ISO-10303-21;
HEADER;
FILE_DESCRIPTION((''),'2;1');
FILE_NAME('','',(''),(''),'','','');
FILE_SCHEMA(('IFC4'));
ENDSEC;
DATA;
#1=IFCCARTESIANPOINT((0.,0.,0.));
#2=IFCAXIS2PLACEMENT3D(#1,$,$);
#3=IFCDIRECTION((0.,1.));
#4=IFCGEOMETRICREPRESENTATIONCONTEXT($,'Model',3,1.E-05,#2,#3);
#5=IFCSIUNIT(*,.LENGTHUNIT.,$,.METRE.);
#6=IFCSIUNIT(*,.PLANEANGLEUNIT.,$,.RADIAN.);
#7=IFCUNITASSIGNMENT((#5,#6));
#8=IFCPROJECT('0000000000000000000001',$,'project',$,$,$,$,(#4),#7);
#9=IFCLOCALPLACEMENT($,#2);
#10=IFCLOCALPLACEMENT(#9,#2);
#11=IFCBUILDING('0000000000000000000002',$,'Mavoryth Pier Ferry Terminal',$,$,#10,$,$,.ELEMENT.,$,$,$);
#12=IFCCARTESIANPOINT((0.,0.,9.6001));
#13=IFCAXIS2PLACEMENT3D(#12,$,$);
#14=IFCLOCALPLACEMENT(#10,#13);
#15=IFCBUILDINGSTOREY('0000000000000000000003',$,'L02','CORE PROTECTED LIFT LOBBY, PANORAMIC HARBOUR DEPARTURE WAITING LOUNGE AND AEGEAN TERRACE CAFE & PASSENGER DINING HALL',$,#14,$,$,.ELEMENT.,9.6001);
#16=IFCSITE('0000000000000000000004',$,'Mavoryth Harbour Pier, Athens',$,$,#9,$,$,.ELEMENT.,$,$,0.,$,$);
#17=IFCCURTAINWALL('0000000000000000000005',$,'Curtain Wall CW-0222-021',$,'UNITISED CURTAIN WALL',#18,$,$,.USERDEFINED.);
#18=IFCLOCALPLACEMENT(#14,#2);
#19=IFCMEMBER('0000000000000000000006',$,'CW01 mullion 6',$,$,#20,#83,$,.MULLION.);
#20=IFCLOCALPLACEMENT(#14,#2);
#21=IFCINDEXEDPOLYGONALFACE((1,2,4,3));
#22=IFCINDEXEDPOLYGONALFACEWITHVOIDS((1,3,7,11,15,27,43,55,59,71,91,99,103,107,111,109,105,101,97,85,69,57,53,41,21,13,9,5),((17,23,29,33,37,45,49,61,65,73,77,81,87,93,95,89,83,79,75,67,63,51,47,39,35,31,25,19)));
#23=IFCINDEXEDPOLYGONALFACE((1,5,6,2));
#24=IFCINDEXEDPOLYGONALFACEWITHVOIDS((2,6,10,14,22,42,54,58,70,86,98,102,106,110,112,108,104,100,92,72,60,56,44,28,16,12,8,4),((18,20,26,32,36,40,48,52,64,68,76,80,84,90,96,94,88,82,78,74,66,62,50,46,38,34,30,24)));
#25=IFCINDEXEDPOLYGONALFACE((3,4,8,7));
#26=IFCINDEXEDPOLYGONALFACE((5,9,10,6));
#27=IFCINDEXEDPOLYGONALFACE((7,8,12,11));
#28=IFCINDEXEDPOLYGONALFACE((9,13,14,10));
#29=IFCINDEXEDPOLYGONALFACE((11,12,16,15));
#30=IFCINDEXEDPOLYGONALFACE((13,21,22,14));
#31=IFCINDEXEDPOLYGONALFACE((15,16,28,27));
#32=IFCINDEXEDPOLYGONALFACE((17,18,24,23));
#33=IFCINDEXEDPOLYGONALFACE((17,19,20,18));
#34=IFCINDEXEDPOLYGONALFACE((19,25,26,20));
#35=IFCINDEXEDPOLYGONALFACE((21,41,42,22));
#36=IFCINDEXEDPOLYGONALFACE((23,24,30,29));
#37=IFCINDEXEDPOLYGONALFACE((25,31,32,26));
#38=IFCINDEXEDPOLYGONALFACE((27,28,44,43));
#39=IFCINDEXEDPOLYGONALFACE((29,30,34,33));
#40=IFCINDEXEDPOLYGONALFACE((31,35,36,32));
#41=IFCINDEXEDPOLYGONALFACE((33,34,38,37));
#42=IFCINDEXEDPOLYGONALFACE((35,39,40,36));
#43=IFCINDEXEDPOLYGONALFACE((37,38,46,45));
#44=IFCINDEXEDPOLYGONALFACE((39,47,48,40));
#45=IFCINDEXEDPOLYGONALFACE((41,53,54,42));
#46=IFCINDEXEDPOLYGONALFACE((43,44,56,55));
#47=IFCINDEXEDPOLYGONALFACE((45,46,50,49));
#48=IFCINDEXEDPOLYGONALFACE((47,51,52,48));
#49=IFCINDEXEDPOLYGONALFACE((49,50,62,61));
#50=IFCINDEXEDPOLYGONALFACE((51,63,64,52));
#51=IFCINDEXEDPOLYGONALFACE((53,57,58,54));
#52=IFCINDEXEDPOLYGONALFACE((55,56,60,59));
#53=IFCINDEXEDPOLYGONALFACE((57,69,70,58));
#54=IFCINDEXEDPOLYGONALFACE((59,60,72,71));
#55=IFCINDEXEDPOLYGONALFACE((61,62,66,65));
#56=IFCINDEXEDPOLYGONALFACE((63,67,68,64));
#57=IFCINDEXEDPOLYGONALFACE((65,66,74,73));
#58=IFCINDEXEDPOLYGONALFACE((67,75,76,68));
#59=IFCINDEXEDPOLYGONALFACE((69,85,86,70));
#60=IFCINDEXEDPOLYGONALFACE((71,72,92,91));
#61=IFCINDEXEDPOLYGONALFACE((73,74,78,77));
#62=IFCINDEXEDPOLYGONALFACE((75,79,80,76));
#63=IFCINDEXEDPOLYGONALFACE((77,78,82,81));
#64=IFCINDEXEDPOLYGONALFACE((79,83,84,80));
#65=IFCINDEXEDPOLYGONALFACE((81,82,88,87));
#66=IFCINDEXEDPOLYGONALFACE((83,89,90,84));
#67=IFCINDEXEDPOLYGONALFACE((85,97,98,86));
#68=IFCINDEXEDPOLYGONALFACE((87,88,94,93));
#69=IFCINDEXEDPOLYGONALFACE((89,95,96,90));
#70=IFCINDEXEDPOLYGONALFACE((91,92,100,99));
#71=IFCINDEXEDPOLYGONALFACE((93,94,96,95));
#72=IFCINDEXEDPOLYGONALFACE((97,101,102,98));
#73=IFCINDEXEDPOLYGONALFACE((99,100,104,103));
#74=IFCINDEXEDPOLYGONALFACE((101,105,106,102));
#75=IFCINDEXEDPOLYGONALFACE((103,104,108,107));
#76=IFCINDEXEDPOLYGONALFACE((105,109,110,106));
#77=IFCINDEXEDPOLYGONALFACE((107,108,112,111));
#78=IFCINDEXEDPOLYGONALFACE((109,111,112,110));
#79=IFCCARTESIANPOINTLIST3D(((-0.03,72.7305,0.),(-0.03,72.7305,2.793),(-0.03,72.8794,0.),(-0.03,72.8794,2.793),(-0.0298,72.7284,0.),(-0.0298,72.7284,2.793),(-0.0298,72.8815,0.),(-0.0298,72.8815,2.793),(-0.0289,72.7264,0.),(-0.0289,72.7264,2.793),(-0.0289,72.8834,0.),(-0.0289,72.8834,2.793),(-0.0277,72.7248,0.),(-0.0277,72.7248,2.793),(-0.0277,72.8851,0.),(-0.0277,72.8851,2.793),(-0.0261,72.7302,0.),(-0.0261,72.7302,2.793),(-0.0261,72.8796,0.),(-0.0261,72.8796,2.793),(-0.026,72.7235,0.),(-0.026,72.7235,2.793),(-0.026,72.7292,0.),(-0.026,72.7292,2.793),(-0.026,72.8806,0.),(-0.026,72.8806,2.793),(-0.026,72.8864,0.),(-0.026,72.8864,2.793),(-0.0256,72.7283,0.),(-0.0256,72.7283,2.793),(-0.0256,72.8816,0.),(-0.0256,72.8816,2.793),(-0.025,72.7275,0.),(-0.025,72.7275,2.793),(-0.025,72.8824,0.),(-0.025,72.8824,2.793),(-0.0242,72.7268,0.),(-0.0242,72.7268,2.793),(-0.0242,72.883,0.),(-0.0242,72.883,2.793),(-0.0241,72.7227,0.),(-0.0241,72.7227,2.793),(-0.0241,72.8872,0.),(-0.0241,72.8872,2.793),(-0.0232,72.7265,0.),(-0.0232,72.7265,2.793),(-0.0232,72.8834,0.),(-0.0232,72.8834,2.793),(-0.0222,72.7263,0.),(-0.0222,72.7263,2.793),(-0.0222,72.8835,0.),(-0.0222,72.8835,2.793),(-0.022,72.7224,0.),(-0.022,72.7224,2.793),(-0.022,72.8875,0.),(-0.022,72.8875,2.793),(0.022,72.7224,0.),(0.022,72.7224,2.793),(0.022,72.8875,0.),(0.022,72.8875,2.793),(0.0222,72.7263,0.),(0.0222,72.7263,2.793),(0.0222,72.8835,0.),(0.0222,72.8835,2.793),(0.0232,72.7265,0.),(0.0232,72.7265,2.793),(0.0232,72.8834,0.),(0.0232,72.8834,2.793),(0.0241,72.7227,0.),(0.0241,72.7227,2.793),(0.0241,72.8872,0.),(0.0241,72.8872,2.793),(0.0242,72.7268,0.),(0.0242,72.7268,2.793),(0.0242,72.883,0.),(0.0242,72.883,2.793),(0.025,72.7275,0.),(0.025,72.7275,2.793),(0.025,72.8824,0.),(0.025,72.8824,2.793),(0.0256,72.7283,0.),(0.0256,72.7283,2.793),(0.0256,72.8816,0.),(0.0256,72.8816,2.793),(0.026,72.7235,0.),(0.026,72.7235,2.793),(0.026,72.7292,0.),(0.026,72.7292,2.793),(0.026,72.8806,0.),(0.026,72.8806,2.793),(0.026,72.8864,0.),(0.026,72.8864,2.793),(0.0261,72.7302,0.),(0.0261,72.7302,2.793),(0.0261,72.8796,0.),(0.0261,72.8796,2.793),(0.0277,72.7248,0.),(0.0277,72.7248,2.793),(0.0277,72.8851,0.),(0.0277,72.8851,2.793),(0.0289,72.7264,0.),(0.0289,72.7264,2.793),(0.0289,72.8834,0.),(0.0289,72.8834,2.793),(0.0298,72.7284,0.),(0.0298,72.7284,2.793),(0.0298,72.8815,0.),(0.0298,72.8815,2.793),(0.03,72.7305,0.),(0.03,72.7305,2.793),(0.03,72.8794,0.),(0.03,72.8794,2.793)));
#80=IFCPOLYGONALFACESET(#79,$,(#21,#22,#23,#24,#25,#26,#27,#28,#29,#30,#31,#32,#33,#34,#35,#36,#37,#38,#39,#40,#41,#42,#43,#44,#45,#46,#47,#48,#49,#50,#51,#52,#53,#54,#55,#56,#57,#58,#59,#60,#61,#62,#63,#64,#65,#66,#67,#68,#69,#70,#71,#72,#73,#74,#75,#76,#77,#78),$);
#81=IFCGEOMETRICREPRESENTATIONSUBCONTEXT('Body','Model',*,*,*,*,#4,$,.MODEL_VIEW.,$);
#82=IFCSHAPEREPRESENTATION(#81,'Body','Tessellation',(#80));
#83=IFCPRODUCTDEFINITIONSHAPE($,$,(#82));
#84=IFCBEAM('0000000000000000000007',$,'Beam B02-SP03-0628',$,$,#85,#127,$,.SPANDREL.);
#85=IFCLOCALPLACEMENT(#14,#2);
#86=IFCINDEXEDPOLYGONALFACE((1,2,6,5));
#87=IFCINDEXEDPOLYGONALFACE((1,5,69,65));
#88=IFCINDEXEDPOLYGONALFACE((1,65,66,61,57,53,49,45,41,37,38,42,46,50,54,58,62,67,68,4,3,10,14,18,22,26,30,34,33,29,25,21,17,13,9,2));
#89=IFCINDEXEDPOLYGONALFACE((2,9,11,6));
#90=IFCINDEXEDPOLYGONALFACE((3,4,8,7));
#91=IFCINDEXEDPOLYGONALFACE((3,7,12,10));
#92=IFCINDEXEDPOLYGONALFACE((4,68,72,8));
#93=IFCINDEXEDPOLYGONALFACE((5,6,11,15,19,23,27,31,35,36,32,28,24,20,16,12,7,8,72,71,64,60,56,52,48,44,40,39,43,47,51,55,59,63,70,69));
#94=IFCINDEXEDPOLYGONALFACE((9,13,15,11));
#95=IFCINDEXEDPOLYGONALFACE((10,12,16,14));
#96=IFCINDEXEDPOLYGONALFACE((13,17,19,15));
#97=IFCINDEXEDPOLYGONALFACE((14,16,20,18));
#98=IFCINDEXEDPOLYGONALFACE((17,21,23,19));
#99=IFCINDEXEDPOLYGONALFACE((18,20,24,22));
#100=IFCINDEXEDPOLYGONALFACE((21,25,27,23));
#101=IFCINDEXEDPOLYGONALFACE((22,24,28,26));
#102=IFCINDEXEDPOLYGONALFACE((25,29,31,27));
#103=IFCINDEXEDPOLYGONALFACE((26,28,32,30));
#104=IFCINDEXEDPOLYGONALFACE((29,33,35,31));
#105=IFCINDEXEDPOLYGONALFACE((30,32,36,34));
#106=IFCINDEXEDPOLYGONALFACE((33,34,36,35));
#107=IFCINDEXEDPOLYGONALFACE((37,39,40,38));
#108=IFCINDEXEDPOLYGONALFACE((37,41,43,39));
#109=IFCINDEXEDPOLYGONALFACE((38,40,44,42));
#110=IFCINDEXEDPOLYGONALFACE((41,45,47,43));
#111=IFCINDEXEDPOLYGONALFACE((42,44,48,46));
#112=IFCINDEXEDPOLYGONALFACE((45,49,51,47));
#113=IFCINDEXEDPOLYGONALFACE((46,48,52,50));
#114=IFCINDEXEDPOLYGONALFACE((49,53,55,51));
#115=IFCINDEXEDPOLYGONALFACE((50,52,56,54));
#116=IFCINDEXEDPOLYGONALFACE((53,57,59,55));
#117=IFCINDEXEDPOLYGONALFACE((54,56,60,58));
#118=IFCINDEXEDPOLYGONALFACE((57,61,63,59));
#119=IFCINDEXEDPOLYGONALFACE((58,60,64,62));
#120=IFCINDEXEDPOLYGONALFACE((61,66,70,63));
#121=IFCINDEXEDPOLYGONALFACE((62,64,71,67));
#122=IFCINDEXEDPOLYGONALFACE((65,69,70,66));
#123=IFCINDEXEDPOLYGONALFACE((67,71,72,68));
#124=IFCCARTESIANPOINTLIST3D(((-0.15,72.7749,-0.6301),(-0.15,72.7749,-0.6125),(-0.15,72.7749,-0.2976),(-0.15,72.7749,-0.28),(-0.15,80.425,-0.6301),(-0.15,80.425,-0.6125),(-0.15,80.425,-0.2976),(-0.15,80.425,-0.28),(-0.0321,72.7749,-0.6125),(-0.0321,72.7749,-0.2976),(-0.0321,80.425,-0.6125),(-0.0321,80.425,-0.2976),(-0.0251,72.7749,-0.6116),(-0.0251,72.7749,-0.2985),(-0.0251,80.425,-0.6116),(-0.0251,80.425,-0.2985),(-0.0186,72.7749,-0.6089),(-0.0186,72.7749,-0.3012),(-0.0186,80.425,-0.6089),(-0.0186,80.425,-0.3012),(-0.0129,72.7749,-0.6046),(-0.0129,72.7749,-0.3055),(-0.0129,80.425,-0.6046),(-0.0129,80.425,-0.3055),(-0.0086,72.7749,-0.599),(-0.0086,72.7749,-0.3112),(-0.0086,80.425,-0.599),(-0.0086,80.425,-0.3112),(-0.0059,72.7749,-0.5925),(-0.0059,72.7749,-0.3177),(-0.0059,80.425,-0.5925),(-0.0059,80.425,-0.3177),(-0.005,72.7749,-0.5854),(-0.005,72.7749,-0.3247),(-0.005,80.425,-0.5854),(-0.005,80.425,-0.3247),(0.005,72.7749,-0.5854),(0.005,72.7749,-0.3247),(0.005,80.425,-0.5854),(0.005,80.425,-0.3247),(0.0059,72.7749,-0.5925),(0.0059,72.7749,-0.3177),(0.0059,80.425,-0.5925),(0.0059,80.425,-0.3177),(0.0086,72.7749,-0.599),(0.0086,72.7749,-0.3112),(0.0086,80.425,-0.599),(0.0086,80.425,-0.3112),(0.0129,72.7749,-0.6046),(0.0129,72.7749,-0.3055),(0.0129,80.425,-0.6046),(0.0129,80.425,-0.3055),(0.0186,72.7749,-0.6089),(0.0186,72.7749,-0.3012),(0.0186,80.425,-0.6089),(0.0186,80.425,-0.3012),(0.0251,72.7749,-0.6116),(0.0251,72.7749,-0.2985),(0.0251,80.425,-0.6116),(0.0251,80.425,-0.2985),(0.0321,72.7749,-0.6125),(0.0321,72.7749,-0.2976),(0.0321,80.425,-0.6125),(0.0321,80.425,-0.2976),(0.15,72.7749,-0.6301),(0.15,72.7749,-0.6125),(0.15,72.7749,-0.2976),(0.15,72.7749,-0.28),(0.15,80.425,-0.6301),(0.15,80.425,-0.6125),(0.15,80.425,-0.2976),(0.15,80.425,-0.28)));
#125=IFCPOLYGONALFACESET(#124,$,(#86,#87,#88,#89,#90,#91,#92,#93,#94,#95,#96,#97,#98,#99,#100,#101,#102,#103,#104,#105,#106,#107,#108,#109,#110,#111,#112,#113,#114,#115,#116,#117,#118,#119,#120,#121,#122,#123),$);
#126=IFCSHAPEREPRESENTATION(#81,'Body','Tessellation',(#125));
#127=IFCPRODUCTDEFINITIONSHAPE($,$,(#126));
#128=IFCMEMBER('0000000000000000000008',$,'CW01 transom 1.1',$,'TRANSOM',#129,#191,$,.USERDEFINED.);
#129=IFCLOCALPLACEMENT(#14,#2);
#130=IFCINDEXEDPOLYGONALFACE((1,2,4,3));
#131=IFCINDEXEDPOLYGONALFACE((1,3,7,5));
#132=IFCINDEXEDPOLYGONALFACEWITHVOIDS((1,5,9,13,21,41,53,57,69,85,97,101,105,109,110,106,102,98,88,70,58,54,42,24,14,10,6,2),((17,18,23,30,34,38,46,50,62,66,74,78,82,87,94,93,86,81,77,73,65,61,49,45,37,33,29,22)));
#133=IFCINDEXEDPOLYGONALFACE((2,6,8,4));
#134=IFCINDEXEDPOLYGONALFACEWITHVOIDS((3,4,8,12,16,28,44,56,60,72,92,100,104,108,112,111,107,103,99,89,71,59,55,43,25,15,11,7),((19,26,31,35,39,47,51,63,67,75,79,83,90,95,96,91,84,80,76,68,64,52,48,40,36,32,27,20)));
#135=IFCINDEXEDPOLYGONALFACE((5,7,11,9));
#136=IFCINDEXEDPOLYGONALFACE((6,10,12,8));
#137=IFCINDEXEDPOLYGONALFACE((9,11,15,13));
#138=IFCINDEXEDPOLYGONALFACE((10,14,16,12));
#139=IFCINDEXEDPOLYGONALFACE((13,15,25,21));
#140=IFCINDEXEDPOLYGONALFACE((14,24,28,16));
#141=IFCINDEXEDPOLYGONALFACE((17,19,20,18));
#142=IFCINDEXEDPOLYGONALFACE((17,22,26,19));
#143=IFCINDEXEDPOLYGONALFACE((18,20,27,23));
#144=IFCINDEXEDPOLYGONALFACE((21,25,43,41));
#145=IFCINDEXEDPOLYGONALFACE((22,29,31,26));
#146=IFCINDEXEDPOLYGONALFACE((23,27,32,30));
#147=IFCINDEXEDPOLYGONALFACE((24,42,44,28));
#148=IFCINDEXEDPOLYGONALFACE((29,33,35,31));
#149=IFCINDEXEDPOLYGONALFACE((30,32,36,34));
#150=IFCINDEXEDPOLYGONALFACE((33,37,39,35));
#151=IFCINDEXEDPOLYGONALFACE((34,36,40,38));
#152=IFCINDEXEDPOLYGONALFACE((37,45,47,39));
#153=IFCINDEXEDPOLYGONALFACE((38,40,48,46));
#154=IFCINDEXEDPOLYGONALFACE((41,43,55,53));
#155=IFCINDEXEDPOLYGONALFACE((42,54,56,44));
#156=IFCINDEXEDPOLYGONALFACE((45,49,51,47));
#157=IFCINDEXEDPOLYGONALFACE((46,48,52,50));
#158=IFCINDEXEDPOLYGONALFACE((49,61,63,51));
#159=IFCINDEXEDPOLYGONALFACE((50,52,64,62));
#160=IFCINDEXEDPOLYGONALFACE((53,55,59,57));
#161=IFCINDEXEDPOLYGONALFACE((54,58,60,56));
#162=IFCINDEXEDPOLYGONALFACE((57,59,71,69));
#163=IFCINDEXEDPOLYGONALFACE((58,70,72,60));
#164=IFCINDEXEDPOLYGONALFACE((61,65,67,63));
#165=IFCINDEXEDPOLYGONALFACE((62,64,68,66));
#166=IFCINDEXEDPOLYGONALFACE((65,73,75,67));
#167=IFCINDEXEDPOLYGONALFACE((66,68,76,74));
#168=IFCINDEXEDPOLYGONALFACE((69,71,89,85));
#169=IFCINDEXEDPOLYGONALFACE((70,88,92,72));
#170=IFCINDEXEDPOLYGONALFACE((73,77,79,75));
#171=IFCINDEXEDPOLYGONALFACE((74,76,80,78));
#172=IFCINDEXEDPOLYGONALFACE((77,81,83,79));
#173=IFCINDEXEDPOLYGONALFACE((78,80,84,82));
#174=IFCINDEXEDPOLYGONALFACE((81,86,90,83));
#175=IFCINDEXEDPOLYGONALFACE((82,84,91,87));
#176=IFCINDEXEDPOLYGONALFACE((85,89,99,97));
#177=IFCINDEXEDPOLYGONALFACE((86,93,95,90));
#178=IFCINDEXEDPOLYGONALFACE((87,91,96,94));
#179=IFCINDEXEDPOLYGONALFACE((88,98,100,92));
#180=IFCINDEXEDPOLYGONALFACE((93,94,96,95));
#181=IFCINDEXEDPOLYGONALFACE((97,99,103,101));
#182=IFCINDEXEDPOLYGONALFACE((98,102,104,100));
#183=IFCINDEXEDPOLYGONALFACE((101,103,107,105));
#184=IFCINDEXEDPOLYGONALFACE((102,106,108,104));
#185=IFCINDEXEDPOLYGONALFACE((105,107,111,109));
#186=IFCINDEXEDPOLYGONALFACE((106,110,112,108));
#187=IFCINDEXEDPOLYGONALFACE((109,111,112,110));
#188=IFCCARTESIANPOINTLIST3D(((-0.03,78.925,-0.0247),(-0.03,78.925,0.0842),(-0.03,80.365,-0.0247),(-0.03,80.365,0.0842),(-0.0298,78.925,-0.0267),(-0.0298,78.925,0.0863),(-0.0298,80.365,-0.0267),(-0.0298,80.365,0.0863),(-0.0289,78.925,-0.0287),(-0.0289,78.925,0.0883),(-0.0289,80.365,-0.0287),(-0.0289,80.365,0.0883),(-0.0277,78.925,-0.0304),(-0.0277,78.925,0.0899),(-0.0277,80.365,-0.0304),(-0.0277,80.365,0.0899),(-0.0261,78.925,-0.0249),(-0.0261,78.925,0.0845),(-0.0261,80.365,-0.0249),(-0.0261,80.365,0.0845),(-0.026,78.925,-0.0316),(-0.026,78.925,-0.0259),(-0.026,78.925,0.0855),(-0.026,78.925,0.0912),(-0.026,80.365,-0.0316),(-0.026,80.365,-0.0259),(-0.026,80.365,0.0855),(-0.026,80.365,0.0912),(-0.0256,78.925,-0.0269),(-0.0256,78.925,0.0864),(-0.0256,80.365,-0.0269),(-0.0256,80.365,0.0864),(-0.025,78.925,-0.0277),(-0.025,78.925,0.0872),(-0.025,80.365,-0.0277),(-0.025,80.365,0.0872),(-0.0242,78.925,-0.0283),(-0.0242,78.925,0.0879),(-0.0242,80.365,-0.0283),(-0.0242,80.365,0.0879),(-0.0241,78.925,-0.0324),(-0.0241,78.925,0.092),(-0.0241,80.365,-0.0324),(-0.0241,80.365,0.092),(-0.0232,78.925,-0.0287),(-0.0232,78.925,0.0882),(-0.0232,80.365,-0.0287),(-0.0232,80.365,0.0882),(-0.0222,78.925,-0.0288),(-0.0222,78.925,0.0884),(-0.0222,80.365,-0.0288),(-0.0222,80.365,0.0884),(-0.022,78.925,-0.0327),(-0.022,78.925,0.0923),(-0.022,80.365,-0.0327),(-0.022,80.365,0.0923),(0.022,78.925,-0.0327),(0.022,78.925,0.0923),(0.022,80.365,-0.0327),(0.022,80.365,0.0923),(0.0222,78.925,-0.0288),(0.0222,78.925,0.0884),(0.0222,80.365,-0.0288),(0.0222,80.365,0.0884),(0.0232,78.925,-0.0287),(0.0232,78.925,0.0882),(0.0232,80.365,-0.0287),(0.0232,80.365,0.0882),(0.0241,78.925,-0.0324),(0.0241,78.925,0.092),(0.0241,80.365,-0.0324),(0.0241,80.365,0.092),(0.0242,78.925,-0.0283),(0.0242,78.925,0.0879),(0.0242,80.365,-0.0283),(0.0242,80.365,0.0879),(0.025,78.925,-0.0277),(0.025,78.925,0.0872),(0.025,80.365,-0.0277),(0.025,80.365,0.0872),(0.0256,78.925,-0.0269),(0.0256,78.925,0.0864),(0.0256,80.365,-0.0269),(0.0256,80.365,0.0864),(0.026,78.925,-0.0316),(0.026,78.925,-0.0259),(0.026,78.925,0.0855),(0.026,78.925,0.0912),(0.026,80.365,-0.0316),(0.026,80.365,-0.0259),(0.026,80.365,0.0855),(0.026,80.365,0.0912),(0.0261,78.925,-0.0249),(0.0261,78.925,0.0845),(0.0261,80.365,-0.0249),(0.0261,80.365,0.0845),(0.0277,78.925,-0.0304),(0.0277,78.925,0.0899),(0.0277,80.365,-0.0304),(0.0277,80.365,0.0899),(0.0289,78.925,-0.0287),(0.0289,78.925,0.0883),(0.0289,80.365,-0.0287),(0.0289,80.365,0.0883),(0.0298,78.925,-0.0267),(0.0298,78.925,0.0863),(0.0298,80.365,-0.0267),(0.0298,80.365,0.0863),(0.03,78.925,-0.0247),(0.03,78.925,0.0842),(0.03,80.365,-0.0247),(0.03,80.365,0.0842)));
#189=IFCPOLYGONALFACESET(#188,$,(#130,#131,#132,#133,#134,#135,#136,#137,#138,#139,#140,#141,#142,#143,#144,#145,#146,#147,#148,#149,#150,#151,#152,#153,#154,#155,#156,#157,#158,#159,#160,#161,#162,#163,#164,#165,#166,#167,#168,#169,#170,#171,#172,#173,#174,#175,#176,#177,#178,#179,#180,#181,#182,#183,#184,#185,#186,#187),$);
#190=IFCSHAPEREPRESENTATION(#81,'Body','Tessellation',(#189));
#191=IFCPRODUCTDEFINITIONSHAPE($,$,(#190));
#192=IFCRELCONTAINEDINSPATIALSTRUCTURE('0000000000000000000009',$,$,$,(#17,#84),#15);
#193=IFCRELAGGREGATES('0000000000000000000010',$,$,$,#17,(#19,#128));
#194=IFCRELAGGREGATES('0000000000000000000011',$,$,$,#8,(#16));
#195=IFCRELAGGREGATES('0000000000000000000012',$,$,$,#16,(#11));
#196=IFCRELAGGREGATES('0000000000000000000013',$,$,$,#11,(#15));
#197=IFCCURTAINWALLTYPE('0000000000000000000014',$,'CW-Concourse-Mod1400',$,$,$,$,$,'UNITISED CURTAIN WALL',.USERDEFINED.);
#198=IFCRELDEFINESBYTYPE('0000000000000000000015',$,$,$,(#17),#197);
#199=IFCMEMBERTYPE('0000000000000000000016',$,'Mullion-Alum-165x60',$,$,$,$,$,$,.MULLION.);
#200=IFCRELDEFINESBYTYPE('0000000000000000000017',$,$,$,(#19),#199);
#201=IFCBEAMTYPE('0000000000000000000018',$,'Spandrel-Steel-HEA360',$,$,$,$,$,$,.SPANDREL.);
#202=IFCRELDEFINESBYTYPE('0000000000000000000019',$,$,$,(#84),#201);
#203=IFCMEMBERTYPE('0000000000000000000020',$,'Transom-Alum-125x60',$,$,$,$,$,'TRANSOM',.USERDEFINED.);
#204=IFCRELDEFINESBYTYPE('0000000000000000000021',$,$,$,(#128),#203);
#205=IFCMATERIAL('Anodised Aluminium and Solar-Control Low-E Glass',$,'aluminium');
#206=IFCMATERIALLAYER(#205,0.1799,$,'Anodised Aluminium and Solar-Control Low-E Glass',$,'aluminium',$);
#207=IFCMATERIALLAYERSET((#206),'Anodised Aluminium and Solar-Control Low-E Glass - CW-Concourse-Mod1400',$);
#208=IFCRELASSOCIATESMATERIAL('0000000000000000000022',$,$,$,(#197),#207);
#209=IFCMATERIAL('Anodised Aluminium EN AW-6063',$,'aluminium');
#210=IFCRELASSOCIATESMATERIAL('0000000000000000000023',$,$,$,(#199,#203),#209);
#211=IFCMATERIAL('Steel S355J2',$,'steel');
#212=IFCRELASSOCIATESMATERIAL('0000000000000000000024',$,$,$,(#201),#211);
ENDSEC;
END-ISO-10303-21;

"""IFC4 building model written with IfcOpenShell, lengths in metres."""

from ifc_helpers import new_model, si_unit, direction, frame, origin, origin_2d, place, context, subcontext, project, spatial, hollow_rectangle, i_section, extrude, material, layer, layer_set, material_profile, profile_set, type_object, element, aggregate, save


model = new_model("IFC4")

# Units and contexts
model_context = context("Model", 3, precision=1e-05, world=origin(), true_north=direction((0.0, 1.0)))
body_context = subcontext(model_context, "Body", "Model", "MODEL_VIEW")
ifc_project = project(units=[si_unit("LENGTHUNIT", "METRE"), si_unit("PLANEANGLEUNIT", "RADIAN")], contexts=[model_context])

# Site, building, storey
site_placement = place(None, origin())
site = spatial("IfcSite", under=ifc_project, at=site_placement, Name="Mavoryth Harbour Pier, Athens", CompositionType="ELEMENT", RefElevation=0.0)
building_placement = place(site_placement, origin())
building = spatial("IfcBuilding", under=site, at=building_placement, Name="Mavoryth Pier Ferry Terminal", CompositionType="ELEMENT")
storey_placement = place(building_placement, frame((0.0, 0.0, 9.6001)))
storey = spatial("IfcBuildingStorey", under=building, at=storey_placement, Name="L02", Description="CORE PROTECTED LIFT LOBBY, PANORAMIC HARBOUR DEPARTURE WAITING LOUNGE AND AEGEAN TERRACE CAFE & PASSENGER DINING HALL", CompositionType="ELEMENT", Elevation=9.6001)

# Curtain wall, member
ifc_material_1 = material(Name="Anodised Aluminium and Solar-Control Low-E Glass", Category="aluminium")
ifc_layer_1 = layer(ifc_material_1, 0.1799, Name="Anodised Aluminium and Solar-Control Low-E Glass", Category="aluminium")
ifc_layer_set_1 = layer_set([ifc_layer_1], Name="Anodised Aluminium and Solar-Control Low-E Glass - CW-Concourse-Mod1400")
curtain_wall_type = type_object("IfcCurtainWallType", Name="CW-Concourse-Mod1400", ElementType="UNITISED CURTAIN WALL", PredefinedType="USERDEFINED", material=ifc_layer_set_1)
curtain_wall_placement = place(storey_placement, origin())
curtain_wall = element("IfcCurtainWall", 1, at=curtain_wall_placement, inside=storey, type_object=curtain_wall_type, Name="Curtain Wall CW-0222-021", ObjectType="UNITISED CURTAIN WALL", PredefinedType="USERDEFINED")
ifc_material_2 = material(Name="Anodised Aluminium EN AW-6063", Category="aluminium")
ifc_material_profile_1 = material_profile(ifc_material_2, hollow_rectangle(XDim=0.0601, YDim=0.165, WallThickness=0.0039, InnerFilletRadius=0.0039, OuterFilletRadius=0.0081, at=origin_2d()), Name="AL-MULL 165x60x4", Category="aluminium")
ifc_profile_set_1 = profile_set([ifc_material_profile_1], Name="Anodised Aluminium EN AW-6063 - AL-MULL 165x60x4")
member_type_1 = type_object("IfcMemberType", Name="Mullion-Alum-165x60", PredefinedType="MULLION", material=ifc_profile_set_1)
member_1_placement = place(storey_placement, frame((0.0, 72.8049, 0.0), z_axis=(0.0, 0.0, 1.0), x_axis=(1.0, 0.0, 0.0)))
member_1 = element("IfcMember", 2, at=member_1_placement, type_object=member_type_1, Name="CW01 mullion 6", PredefinedType="MULLION", context=body_context, shape_type="SweptSolid", body=[
    extrude(hollow_rectangle(XDim=0.0601, YDim=0.165, WallThickness=0.0039, InnerFilletRadius=0.0039, OuterFilletRadius=0.0081, at=origin_2d()), origin(), (0.0, 0.0, 1.0), 2.793),
])

# Beam
ifc_material_3 = material(Name="Steel S355J2", Category="steel")
ifc_material_profile_2 = material_profile(ifc_material_3, i_section(OverallWidth=0.3, OverallDepth=0.3501, WebThickness=0.01, FlangeThickness=0.0176, FilletRadius=0.0271, at=origin_2d()), Name="HEA 360", Category="steel")
ifc_profile_set_2 = profile_set([ifc_material_profile_2], Name="Steel S355J2 - HEA 360")
beam_type = type_object("IfcBeamType", Name="Spandrel-Steel-HEA360", PredefinedType="SPANDREL", material=ifc_profile_set_2)
beam_placement = place(storey_placement, frame((0.0, 72.7749, -0.4551), z_axis=(0.0, 1.0, 0.0), x_axis=(-1.0, 0.0, 0.0)))
element("IfcBeam", 3, at=beam_placement, inside=storey, type_object=beam_type, Name="Beam B02-SP03-0628", PredefinedType="SPANDREL", context=body_context, shape_type="SweptSolid", body=[
    extrude(i_section(OverallWidth=0.3, OverallDepth=0.3501, WebThickness=0.01, FlangeThickness=0.0176, FilletRadius=0.0271, at=origin_2d()), origin(), (0.0, 0.0, 1.0), 7.6501),
])

# Member
ifc_material_profile_3 = material_profile(ifc_material_2, hollow_rectangle(XDim=0.0601, YDim=0.125, WallThickness=0.0039, InnerFilletRadius=0.0039, OuterFilletRadius=0.0081, at=origin_2d()), Name="AL-TRAN 125x60x4", Category="aluminium")
ifc_profile_set_3 = profile_set([ifc_material_profile_3], Name="Anodised Aluminium EN AW-6063 - AL-TRAN 125x60x4")
member_type_2 = type_object("IfcMemberType", Name="Transom-Alum-125x60", ElementType="TRANSOM", PredefinedType="USERDEFINED", material=ifc_profile_set_3)
member_2_placement = place(storey_placement, frame((0.0, 80.365, 0.0298), z_axis=(0.0, -1.0, 0.0), x_axis=(1.0, 0.0, 0.0)))
member_2 = element("IfcMember", 4, at=member_2_placement, type_object=member_type_2, Name="CW01 transom 1.1", ObjectType="TRANSOM", PredefinedType="USERDEFINED", context=body_context, shape_type="SweptSolid", body=[
    extrude(hollow_rectangle(XDim=0.0601, YDim=0.125, WallThickness=0.0039, InnerFilletRadius=0.0039, OuterFilletRadius=0.0081, at=origin_2d()), origin(), (0.0, 0.0, 1.0), 1.4399),
])

aggregate(curtain_wall, [member_1, member_2])

save(model, "model.ifc")
